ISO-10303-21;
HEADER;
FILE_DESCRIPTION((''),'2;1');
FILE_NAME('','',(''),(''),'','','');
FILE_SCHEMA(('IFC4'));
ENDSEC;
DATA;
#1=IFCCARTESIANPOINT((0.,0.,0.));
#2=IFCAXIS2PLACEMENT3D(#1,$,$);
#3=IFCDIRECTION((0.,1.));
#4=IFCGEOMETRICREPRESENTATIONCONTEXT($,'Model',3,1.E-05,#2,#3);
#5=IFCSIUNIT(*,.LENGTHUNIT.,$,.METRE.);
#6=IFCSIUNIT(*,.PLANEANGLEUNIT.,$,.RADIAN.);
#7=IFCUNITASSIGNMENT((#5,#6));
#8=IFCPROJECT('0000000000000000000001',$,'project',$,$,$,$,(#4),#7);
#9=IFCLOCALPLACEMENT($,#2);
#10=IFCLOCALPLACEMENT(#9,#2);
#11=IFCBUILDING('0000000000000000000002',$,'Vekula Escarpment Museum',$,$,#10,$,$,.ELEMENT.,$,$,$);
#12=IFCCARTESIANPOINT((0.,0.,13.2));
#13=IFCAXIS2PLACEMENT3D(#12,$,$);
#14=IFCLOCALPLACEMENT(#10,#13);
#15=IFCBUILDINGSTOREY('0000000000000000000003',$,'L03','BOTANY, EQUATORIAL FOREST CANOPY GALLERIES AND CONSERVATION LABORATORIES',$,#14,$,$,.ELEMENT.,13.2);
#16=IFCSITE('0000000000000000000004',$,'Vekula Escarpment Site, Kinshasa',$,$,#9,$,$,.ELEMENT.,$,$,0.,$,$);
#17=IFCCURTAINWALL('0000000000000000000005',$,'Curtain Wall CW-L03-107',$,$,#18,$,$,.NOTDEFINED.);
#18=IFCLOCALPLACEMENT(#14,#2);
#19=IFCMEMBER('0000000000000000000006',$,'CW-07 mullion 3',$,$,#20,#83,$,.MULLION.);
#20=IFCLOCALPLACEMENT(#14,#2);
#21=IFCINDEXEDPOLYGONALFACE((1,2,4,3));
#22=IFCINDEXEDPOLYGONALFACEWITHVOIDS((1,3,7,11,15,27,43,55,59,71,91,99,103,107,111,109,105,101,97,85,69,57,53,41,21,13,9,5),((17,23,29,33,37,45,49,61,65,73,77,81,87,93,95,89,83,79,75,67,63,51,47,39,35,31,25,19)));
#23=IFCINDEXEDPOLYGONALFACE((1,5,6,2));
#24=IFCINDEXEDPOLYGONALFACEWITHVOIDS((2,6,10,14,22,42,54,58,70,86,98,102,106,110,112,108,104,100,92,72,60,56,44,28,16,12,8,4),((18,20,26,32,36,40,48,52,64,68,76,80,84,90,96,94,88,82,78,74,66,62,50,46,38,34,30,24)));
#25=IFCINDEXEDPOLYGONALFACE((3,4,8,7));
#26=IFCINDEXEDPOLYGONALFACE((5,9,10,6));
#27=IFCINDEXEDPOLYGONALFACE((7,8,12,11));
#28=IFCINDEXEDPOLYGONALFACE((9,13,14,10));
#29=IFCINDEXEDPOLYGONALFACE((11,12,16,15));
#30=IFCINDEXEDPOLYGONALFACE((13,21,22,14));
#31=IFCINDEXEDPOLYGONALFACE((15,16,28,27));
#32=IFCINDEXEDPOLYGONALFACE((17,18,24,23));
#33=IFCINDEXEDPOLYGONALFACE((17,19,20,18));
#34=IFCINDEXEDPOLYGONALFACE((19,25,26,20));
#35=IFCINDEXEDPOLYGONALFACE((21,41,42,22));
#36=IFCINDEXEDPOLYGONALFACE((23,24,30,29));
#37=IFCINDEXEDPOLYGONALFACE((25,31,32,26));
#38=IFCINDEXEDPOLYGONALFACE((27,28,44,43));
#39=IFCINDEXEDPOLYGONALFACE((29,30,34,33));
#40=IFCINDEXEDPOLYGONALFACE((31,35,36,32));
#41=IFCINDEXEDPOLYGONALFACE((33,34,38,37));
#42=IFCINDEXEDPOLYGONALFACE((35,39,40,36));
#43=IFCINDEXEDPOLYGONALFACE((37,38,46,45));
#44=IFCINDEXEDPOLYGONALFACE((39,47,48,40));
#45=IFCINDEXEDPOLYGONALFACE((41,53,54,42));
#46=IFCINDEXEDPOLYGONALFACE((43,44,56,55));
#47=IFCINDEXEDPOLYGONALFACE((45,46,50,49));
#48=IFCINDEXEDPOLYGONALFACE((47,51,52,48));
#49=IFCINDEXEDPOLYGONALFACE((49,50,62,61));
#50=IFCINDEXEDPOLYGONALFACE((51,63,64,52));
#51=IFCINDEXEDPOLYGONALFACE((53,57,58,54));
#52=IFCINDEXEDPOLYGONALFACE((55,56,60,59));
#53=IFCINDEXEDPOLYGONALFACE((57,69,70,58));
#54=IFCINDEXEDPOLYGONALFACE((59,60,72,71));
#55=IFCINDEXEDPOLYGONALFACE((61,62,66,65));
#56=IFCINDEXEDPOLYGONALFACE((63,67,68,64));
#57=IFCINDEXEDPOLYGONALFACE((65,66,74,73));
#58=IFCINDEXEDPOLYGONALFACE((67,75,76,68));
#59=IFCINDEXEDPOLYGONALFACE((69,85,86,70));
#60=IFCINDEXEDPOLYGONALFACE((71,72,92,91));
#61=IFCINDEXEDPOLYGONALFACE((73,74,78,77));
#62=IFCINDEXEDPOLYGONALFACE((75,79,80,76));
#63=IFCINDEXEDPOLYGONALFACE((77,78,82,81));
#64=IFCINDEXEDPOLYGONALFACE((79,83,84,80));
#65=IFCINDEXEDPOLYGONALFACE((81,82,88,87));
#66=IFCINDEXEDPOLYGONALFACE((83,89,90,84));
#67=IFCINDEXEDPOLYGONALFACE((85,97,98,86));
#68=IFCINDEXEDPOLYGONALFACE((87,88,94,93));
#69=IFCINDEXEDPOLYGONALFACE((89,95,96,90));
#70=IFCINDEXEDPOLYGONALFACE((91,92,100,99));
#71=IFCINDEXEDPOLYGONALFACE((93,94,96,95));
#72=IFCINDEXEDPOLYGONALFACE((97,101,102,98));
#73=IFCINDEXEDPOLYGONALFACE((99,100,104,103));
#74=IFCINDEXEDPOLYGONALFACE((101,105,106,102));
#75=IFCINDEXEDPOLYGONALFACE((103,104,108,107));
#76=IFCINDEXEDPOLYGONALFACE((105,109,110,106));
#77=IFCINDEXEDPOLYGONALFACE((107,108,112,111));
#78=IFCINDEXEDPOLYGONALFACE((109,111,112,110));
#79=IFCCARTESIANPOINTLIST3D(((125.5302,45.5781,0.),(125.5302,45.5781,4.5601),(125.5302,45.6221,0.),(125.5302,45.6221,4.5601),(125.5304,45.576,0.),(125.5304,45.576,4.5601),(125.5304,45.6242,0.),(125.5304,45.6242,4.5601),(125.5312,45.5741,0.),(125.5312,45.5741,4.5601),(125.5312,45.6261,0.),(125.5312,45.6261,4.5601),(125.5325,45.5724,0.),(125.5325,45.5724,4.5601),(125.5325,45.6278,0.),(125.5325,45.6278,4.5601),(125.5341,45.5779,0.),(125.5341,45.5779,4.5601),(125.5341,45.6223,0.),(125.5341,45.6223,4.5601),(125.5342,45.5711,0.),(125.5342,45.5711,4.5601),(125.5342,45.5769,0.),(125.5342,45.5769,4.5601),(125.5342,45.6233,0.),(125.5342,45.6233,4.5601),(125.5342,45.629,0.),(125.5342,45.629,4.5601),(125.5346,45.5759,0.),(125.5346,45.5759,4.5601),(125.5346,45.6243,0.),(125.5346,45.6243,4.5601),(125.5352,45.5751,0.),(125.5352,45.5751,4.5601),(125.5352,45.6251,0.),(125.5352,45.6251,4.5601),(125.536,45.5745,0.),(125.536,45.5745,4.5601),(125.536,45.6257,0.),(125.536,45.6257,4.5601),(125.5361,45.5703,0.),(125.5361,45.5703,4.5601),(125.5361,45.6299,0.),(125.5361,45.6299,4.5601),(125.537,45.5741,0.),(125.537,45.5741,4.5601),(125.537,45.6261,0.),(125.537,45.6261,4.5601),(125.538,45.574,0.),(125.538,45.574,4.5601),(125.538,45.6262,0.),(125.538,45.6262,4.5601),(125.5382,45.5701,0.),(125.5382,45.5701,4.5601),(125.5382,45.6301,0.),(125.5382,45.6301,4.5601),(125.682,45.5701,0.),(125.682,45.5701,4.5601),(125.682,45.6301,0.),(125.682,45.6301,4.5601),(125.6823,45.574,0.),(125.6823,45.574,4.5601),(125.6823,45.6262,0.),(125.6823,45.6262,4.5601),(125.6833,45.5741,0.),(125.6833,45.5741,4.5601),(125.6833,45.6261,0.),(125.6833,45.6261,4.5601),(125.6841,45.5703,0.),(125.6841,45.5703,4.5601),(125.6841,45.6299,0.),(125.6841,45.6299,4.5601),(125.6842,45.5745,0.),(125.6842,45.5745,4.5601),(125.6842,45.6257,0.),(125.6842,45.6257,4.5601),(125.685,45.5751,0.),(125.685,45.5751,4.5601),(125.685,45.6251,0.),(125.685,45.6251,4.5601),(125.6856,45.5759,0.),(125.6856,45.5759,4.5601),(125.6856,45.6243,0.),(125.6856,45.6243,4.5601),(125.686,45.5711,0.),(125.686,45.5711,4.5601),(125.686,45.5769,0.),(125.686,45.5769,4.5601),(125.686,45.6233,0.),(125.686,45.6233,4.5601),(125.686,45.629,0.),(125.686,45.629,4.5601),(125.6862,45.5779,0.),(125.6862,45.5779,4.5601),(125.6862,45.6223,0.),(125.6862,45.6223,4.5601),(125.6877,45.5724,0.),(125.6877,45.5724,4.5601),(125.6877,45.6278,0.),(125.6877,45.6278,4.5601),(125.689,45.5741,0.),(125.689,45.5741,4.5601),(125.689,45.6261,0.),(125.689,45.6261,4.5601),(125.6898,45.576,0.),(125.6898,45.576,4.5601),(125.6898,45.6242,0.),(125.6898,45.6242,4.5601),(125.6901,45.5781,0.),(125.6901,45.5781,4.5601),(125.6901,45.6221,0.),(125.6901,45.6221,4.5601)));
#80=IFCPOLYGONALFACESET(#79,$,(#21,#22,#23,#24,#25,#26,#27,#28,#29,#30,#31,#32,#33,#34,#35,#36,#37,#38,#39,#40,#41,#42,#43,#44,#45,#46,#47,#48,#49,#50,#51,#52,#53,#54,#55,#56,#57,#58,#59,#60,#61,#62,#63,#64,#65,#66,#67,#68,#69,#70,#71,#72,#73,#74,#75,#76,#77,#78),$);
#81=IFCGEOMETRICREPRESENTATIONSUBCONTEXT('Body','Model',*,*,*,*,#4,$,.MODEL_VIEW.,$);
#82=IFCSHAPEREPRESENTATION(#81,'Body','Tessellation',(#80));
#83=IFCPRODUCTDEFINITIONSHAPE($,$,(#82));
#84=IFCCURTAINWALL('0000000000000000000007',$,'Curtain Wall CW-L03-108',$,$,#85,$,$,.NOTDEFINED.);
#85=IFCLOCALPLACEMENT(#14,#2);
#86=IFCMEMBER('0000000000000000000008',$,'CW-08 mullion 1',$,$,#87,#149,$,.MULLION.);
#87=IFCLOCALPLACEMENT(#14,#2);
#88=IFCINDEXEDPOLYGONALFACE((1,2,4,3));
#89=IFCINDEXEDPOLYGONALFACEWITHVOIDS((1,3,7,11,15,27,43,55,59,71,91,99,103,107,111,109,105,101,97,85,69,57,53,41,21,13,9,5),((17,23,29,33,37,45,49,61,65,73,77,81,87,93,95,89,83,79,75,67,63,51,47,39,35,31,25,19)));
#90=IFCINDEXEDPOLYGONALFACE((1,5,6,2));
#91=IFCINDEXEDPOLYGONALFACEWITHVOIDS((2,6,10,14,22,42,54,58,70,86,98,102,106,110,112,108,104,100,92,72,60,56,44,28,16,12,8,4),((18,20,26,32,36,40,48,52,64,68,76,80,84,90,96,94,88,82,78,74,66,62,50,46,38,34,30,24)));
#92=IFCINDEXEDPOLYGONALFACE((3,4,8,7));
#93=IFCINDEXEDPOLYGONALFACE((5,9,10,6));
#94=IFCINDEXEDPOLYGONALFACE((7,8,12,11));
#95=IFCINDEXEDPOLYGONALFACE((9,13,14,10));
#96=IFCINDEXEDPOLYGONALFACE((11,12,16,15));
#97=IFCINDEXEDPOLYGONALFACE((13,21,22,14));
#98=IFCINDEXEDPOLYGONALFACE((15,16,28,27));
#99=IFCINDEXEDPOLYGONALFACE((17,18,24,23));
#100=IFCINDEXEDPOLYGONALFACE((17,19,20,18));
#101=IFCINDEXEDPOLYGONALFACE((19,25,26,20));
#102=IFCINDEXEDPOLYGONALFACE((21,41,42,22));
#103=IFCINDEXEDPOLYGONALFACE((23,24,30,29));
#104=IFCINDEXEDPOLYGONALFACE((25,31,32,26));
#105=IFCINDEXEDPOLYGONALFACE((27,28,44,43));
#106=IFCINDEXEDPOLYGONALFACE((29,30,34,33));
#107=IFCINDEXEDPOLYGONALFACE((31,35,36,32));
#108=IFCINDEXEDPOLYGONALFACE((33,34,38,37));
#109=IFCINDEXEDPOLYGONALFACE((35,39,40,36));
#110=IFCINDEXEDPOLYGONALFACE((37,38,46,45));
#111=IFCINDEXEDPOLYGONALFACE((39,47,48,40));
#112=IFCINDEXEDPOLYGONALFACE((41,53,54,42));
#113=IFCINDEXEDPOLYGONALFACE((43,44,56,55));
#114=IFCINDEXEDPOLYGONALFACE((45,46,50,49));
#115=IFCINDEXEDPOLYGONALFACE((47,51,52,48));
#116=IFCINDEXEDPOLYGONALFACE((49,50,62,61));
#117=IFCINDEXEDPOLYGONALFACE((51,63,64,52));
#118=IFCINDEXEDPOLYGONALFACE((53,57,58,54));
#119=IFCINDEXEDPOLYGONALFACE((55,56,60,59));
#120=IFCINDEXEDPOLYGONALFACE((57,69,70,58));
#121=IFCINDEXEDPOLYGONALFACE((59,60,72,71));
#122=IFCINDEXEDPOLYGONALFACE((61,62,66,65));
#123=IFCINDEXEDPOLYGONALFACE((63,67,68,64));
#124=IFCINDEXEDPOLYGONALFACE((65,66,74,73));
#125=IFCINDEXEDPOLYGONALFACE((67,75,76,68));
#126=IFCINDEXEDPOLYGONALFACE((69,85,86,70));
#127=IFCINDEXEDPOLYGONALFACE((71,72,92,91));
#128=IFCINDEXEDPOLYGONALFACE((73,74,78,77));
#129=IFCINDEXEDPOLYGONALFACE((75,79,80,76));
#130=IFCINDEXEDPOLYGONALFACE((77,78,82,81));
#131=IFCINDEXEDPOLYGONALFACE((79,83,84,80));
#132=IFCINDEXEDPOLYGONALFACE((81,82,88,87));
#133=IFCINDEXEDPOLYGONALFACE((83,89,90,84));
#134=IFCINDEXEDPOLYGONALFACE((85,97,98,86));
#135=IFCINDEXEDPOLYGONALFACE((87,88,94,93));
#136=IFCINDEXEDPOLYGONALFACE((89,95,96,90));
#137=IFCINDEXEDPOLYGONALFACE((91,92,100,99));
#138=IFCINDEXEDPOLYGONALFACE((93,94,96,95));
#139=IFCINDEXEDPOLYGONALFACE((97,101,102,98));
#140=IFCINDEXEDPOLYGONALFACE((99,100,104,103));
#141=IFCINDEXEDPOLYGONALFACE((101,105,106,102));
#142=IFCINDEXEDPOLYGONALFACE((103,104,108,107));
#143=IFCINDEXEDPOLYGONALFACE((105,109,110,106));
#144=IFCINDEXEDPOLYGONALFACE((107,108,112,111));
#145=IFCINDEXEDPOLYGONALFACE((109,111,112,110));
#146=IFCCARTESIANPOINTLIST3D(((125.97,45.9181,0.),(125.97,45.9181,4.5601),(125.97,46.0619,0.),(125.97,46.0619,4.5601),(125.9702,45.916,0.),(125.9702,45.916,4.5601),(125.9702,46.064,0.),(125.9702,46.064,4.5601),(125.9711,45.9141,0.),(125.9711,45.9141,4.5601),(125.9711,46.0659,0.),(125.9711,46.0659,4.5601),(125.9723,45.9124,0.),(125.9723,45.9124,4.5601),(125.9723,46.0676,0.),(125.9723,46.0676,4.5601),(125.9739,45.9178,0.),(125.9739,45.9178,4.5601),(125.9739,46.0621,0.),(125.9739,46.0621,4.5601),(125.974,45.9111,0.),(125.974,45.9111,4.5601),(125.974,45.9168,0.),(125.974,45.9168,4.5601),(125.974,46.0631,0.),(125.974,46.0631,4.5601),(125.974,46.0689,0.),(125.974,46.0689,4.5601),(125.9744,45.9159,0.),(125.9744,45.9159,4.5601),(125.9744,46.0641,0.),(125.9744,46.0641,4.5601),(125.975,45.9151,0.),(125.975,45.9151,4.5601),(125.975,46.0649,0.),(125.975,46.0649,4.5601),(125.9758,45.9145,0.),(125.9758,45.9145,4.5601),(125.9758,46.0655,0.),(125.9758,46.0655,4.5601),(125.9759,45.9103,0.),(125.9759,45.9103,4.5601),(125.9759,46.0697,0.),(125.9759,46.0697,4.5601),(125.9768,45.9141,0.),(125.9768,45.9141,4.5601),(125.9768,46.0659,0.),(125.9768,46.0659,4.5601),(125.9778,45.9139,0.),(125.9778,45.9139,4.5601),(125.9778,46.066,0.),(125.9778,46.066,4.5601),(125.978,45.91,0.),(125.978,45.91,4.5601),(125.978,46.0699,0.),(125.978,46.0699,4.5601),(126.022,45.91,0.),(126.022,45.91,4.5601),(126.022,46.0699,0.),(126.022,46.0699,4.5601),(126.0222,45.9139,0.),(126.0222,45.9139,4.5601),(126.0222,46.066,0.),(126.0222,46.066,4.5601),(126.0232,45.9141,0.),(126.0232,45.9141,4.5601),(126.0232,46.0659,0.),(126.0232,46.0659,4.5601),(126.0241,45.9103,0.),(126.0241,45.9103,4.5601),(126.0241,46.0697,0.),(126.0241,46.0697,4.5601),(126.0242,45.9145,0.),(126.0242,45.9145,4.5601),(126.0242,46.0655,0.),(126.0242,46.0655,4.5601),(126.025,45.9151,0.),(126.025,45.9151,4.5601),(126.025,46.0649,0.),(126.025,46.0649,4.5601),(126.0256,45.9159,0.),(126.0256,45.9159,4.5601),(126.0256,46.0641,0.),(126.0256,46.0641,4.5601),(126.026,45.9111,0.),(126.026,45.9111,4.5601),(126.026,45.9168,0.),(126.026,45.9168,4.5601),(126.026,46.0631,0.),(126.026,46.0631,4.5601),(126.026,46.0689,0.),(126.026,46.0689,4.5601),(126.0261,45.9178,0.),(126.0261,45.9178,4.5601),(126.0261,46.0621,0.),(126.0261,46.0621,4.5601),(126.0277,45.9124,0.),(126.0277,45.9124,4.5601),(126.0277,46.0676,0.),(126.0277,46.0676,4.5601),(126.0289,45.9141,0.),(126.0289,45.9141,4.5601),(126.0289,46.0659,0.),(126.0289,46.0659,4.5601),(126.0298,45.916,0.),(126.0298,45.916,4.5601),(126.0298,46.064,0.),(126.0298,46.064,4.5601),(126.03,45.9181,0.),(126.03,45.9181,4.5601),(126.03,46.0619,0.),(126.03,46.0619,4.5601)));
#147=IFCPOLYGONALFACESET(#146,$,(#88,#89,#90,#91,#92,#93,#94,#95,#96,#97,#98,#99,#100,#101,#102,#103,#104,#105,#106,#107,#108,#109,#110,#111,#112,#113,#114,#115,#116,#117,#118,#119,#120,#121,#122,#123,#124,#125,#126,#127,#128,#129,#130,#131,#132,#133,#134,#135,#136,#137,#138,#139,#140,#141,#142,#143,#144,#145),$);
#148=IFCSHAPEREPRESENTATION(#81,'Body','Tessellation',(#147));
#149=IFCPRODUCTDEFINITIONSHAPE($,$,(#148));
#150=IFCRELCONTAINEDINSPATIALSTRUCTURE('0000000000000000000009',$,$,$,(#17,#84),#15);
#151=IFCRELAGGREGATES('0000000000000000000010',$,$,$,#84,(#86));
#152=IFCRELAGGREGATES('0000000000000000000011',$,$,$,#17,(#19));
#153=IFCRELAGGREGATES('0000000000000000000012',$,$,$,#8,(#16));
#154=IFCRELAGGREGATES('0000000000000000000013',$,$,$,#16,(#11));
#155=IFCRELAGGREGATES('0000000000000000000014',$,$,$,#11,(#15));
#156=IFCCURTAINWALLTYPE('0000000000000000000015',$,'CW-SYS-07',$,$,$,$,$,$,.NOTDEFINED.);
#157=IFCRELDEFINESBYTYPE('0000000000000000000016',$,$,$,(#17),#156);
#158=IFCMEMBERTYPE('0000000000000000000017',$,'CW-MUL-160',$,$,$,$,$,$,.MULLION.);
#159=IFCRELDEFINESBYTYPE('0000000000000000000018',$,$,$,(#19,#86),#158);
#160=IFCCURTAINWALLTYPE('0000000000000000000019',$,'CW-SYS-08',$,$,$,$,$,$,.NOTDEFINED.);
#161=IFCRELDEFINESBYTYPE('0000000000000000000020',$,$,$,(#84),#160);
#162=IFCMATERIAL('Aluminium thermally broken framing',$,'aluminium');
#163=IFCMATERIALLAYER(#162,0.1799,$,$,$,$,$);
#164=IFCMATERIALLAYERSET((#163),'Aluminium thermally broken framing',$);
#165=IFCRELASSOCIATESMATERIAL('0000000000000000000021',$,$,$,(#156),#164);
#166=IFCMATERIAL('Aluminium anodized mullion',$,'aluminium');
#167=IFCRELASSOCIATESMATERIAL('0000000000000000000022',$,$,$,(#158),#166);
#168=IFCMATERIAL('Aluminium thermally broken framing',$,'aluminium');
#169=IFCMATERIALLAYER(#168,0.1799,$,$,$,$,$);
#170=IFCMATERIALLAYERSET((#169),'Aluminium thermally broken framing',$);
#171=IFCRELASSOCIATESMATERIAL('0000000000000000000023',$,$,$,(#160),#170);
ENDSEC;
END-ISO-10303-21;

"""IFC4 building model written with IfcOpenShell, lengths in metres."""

from ifc_helpers import new_model, si_unit, direction, frame, origin, origin_2d, place, context, subcontext, project, spatial, hollow_rectangle, extrude, material, layer, layer_set, material_profile, profile_set, type_object, element, aggregate, save


model = new_model("IFC4")

# Units and contexts
model_context = context("Model", 3, precision=1e-05, world=origin(), true_north=direction((0.0, 1.0)))
body_context = subcontext(model_context, "Body", "Model", "MODEL_VIEW")
ifc_project = project(units=[si_unit("LENGTHUNIT", "METRE"), si_unit("PLANEANGLEUNIT", "RADIAN")], contexts=[model_context])

# Site, building, storey
site_placement = place(None, origin())
site = spatial("IfcSite", under=ifc_project, at=site_placement, Name="Vekula Escarpment Site, Kinshasa", CompositionType="ELEMENT", RefElevation=0.0)
building_placement = place(site_placement, origin())
building = spatial("IfcBuilding", under=site, at=building_placement, Name="Vekula Escarpment Museum", CompositionType="ELEMENT")
storey_placement = place(building_placement, frame((0.0, 0.0, 13.2)))
storey = spatial("IfcBuildingStorey", under=building, at=storey_placement, Name="L03", Description="BOTANY, EQUATORIAL FOREST CANOPY GALLERIES AND CONSERVATION LABORATORIES", CompositionType="ELEMENT", Elevation=13.2)

# Curtain walls, members
ifc_material_1 = material(Name="Aluminium thermally broken framing", Category="aluminium")
ifc_layer_1 = layer(ifc_material_1, 0.1799)
ifc_layer_set_1 = layer_set([ifc_layer_1], Name="Aluminium thermally broken framing")
curtain_wall_type_1 = type_object("IfcCurtainWallType", Name="CW-SYS-07", PredefinedType="NOTDEFINED", material=ifc_layer_set_1)
curtain_wall_1_placement = place(storey_placement, origin())
curtain_wall_1 = element("IfcCurtainWall", 1, at=curtain_wall_1_placement, inside=storey, type_object=curtain_wall_type_1, Name="Curtain Wall CW-L03-107", PredefinedType="NOTDEFINED")
ifc_material_2 = material(Name="Aluminium anodized mullion", Category="aluminium")
ifc_material_profile_1 = material_profile(ifc_material_2, hollow_rectangle(XDim=0.0601, YDim=0.1599, WallThickness=0.0039, InnerFilletRadius=0.0039, OuterFilletRadius=0.0081, at=origin_2d()), Name="ALU 160x60x4")
ifc_profile_set_1 = profile_set([ifc_material_profile_1], Name="Aluminium anodized mullion")
member_type_1 = type_object("IfcMemberType", Name="CW-MUL-160", PredefinedType="MULLION", material=ifc_profile_set_1)
member_1_placement = place(storey_placement, frame((125.6101, 45.6001, 0.0), z_axis=(0.0, 0.0, 1.0), x_axis=(0.0, 1.0, 0.0)))
member_1 = element("IfcMember", 2, at=member_1_placement, type_object=member_type_1, Name="CW-07 mullion 3", PredefinedType="MULLION", context=body_context, shape_type="SweptSolid", body=[
    extrude(hollow_rectangle(XDim=0.0601, YDim=0.1599, WallThickness=0.0039, InnerFilletRadius=0.0039, OuterFilletRadius=0.0081, at=origin_2d()), origin(), (0.0, 0.0, 1.0), 4.5601),
])
ifc_material_3 = material(Name="Aluminium thermally broken framing", Category="aluminium")
ifc_layer_2 = layer(ifc_material_3, 0.1799)
ifc_layer_set_2 = layer_set([ifc_layer_2], Name="Aluminium thermally broken framing")
curtain_wall_type_2 = type_object("IfcCurtainWallType", Name="CW-SYS-08", PredefinedType="NOTDEFINED", material=ifc_layer_set_2)
curtain_wall_2_placement = place(storey_placement, origin())
curtain_wall_2 = element("IfcCurtainWall", 3, at=curtain_wall_2_placement, inside=storey, type_object=curtain_wall_type_2, Name="Curtain Wall CW-L03-108", PredefinedType="NOTDEFINED")
member_2_placement = place(storey_placement, frame((126.0, 45.99, 0.0), z_axis=(0.0, 0.0, 1.0), x_axis=(-1.0, 0.0, 0.0)))
member_2 = element("IfcMember", 4, at=member_2_placement, type_object=member_type_1, Name="CW-08 mullion 1", PredefinedType="MULLION", context=body_context, shape_type="SweptSolid", body=[
    extrude(hollow_rectangle(XDim=0.0601, YDim=0.1599, WallThickness=0.0039, InnerFilletRadius=0.0039, OuterFilletRadius=0.0081, at=origin_2d()), origin(), (0.0, 0.0, 1.0), 4.5601),
])

aggregate(curtain_wall_2, [member_2])
aggregate(curtain_wall_1, [member_1])

save(model, "model.ifc")
